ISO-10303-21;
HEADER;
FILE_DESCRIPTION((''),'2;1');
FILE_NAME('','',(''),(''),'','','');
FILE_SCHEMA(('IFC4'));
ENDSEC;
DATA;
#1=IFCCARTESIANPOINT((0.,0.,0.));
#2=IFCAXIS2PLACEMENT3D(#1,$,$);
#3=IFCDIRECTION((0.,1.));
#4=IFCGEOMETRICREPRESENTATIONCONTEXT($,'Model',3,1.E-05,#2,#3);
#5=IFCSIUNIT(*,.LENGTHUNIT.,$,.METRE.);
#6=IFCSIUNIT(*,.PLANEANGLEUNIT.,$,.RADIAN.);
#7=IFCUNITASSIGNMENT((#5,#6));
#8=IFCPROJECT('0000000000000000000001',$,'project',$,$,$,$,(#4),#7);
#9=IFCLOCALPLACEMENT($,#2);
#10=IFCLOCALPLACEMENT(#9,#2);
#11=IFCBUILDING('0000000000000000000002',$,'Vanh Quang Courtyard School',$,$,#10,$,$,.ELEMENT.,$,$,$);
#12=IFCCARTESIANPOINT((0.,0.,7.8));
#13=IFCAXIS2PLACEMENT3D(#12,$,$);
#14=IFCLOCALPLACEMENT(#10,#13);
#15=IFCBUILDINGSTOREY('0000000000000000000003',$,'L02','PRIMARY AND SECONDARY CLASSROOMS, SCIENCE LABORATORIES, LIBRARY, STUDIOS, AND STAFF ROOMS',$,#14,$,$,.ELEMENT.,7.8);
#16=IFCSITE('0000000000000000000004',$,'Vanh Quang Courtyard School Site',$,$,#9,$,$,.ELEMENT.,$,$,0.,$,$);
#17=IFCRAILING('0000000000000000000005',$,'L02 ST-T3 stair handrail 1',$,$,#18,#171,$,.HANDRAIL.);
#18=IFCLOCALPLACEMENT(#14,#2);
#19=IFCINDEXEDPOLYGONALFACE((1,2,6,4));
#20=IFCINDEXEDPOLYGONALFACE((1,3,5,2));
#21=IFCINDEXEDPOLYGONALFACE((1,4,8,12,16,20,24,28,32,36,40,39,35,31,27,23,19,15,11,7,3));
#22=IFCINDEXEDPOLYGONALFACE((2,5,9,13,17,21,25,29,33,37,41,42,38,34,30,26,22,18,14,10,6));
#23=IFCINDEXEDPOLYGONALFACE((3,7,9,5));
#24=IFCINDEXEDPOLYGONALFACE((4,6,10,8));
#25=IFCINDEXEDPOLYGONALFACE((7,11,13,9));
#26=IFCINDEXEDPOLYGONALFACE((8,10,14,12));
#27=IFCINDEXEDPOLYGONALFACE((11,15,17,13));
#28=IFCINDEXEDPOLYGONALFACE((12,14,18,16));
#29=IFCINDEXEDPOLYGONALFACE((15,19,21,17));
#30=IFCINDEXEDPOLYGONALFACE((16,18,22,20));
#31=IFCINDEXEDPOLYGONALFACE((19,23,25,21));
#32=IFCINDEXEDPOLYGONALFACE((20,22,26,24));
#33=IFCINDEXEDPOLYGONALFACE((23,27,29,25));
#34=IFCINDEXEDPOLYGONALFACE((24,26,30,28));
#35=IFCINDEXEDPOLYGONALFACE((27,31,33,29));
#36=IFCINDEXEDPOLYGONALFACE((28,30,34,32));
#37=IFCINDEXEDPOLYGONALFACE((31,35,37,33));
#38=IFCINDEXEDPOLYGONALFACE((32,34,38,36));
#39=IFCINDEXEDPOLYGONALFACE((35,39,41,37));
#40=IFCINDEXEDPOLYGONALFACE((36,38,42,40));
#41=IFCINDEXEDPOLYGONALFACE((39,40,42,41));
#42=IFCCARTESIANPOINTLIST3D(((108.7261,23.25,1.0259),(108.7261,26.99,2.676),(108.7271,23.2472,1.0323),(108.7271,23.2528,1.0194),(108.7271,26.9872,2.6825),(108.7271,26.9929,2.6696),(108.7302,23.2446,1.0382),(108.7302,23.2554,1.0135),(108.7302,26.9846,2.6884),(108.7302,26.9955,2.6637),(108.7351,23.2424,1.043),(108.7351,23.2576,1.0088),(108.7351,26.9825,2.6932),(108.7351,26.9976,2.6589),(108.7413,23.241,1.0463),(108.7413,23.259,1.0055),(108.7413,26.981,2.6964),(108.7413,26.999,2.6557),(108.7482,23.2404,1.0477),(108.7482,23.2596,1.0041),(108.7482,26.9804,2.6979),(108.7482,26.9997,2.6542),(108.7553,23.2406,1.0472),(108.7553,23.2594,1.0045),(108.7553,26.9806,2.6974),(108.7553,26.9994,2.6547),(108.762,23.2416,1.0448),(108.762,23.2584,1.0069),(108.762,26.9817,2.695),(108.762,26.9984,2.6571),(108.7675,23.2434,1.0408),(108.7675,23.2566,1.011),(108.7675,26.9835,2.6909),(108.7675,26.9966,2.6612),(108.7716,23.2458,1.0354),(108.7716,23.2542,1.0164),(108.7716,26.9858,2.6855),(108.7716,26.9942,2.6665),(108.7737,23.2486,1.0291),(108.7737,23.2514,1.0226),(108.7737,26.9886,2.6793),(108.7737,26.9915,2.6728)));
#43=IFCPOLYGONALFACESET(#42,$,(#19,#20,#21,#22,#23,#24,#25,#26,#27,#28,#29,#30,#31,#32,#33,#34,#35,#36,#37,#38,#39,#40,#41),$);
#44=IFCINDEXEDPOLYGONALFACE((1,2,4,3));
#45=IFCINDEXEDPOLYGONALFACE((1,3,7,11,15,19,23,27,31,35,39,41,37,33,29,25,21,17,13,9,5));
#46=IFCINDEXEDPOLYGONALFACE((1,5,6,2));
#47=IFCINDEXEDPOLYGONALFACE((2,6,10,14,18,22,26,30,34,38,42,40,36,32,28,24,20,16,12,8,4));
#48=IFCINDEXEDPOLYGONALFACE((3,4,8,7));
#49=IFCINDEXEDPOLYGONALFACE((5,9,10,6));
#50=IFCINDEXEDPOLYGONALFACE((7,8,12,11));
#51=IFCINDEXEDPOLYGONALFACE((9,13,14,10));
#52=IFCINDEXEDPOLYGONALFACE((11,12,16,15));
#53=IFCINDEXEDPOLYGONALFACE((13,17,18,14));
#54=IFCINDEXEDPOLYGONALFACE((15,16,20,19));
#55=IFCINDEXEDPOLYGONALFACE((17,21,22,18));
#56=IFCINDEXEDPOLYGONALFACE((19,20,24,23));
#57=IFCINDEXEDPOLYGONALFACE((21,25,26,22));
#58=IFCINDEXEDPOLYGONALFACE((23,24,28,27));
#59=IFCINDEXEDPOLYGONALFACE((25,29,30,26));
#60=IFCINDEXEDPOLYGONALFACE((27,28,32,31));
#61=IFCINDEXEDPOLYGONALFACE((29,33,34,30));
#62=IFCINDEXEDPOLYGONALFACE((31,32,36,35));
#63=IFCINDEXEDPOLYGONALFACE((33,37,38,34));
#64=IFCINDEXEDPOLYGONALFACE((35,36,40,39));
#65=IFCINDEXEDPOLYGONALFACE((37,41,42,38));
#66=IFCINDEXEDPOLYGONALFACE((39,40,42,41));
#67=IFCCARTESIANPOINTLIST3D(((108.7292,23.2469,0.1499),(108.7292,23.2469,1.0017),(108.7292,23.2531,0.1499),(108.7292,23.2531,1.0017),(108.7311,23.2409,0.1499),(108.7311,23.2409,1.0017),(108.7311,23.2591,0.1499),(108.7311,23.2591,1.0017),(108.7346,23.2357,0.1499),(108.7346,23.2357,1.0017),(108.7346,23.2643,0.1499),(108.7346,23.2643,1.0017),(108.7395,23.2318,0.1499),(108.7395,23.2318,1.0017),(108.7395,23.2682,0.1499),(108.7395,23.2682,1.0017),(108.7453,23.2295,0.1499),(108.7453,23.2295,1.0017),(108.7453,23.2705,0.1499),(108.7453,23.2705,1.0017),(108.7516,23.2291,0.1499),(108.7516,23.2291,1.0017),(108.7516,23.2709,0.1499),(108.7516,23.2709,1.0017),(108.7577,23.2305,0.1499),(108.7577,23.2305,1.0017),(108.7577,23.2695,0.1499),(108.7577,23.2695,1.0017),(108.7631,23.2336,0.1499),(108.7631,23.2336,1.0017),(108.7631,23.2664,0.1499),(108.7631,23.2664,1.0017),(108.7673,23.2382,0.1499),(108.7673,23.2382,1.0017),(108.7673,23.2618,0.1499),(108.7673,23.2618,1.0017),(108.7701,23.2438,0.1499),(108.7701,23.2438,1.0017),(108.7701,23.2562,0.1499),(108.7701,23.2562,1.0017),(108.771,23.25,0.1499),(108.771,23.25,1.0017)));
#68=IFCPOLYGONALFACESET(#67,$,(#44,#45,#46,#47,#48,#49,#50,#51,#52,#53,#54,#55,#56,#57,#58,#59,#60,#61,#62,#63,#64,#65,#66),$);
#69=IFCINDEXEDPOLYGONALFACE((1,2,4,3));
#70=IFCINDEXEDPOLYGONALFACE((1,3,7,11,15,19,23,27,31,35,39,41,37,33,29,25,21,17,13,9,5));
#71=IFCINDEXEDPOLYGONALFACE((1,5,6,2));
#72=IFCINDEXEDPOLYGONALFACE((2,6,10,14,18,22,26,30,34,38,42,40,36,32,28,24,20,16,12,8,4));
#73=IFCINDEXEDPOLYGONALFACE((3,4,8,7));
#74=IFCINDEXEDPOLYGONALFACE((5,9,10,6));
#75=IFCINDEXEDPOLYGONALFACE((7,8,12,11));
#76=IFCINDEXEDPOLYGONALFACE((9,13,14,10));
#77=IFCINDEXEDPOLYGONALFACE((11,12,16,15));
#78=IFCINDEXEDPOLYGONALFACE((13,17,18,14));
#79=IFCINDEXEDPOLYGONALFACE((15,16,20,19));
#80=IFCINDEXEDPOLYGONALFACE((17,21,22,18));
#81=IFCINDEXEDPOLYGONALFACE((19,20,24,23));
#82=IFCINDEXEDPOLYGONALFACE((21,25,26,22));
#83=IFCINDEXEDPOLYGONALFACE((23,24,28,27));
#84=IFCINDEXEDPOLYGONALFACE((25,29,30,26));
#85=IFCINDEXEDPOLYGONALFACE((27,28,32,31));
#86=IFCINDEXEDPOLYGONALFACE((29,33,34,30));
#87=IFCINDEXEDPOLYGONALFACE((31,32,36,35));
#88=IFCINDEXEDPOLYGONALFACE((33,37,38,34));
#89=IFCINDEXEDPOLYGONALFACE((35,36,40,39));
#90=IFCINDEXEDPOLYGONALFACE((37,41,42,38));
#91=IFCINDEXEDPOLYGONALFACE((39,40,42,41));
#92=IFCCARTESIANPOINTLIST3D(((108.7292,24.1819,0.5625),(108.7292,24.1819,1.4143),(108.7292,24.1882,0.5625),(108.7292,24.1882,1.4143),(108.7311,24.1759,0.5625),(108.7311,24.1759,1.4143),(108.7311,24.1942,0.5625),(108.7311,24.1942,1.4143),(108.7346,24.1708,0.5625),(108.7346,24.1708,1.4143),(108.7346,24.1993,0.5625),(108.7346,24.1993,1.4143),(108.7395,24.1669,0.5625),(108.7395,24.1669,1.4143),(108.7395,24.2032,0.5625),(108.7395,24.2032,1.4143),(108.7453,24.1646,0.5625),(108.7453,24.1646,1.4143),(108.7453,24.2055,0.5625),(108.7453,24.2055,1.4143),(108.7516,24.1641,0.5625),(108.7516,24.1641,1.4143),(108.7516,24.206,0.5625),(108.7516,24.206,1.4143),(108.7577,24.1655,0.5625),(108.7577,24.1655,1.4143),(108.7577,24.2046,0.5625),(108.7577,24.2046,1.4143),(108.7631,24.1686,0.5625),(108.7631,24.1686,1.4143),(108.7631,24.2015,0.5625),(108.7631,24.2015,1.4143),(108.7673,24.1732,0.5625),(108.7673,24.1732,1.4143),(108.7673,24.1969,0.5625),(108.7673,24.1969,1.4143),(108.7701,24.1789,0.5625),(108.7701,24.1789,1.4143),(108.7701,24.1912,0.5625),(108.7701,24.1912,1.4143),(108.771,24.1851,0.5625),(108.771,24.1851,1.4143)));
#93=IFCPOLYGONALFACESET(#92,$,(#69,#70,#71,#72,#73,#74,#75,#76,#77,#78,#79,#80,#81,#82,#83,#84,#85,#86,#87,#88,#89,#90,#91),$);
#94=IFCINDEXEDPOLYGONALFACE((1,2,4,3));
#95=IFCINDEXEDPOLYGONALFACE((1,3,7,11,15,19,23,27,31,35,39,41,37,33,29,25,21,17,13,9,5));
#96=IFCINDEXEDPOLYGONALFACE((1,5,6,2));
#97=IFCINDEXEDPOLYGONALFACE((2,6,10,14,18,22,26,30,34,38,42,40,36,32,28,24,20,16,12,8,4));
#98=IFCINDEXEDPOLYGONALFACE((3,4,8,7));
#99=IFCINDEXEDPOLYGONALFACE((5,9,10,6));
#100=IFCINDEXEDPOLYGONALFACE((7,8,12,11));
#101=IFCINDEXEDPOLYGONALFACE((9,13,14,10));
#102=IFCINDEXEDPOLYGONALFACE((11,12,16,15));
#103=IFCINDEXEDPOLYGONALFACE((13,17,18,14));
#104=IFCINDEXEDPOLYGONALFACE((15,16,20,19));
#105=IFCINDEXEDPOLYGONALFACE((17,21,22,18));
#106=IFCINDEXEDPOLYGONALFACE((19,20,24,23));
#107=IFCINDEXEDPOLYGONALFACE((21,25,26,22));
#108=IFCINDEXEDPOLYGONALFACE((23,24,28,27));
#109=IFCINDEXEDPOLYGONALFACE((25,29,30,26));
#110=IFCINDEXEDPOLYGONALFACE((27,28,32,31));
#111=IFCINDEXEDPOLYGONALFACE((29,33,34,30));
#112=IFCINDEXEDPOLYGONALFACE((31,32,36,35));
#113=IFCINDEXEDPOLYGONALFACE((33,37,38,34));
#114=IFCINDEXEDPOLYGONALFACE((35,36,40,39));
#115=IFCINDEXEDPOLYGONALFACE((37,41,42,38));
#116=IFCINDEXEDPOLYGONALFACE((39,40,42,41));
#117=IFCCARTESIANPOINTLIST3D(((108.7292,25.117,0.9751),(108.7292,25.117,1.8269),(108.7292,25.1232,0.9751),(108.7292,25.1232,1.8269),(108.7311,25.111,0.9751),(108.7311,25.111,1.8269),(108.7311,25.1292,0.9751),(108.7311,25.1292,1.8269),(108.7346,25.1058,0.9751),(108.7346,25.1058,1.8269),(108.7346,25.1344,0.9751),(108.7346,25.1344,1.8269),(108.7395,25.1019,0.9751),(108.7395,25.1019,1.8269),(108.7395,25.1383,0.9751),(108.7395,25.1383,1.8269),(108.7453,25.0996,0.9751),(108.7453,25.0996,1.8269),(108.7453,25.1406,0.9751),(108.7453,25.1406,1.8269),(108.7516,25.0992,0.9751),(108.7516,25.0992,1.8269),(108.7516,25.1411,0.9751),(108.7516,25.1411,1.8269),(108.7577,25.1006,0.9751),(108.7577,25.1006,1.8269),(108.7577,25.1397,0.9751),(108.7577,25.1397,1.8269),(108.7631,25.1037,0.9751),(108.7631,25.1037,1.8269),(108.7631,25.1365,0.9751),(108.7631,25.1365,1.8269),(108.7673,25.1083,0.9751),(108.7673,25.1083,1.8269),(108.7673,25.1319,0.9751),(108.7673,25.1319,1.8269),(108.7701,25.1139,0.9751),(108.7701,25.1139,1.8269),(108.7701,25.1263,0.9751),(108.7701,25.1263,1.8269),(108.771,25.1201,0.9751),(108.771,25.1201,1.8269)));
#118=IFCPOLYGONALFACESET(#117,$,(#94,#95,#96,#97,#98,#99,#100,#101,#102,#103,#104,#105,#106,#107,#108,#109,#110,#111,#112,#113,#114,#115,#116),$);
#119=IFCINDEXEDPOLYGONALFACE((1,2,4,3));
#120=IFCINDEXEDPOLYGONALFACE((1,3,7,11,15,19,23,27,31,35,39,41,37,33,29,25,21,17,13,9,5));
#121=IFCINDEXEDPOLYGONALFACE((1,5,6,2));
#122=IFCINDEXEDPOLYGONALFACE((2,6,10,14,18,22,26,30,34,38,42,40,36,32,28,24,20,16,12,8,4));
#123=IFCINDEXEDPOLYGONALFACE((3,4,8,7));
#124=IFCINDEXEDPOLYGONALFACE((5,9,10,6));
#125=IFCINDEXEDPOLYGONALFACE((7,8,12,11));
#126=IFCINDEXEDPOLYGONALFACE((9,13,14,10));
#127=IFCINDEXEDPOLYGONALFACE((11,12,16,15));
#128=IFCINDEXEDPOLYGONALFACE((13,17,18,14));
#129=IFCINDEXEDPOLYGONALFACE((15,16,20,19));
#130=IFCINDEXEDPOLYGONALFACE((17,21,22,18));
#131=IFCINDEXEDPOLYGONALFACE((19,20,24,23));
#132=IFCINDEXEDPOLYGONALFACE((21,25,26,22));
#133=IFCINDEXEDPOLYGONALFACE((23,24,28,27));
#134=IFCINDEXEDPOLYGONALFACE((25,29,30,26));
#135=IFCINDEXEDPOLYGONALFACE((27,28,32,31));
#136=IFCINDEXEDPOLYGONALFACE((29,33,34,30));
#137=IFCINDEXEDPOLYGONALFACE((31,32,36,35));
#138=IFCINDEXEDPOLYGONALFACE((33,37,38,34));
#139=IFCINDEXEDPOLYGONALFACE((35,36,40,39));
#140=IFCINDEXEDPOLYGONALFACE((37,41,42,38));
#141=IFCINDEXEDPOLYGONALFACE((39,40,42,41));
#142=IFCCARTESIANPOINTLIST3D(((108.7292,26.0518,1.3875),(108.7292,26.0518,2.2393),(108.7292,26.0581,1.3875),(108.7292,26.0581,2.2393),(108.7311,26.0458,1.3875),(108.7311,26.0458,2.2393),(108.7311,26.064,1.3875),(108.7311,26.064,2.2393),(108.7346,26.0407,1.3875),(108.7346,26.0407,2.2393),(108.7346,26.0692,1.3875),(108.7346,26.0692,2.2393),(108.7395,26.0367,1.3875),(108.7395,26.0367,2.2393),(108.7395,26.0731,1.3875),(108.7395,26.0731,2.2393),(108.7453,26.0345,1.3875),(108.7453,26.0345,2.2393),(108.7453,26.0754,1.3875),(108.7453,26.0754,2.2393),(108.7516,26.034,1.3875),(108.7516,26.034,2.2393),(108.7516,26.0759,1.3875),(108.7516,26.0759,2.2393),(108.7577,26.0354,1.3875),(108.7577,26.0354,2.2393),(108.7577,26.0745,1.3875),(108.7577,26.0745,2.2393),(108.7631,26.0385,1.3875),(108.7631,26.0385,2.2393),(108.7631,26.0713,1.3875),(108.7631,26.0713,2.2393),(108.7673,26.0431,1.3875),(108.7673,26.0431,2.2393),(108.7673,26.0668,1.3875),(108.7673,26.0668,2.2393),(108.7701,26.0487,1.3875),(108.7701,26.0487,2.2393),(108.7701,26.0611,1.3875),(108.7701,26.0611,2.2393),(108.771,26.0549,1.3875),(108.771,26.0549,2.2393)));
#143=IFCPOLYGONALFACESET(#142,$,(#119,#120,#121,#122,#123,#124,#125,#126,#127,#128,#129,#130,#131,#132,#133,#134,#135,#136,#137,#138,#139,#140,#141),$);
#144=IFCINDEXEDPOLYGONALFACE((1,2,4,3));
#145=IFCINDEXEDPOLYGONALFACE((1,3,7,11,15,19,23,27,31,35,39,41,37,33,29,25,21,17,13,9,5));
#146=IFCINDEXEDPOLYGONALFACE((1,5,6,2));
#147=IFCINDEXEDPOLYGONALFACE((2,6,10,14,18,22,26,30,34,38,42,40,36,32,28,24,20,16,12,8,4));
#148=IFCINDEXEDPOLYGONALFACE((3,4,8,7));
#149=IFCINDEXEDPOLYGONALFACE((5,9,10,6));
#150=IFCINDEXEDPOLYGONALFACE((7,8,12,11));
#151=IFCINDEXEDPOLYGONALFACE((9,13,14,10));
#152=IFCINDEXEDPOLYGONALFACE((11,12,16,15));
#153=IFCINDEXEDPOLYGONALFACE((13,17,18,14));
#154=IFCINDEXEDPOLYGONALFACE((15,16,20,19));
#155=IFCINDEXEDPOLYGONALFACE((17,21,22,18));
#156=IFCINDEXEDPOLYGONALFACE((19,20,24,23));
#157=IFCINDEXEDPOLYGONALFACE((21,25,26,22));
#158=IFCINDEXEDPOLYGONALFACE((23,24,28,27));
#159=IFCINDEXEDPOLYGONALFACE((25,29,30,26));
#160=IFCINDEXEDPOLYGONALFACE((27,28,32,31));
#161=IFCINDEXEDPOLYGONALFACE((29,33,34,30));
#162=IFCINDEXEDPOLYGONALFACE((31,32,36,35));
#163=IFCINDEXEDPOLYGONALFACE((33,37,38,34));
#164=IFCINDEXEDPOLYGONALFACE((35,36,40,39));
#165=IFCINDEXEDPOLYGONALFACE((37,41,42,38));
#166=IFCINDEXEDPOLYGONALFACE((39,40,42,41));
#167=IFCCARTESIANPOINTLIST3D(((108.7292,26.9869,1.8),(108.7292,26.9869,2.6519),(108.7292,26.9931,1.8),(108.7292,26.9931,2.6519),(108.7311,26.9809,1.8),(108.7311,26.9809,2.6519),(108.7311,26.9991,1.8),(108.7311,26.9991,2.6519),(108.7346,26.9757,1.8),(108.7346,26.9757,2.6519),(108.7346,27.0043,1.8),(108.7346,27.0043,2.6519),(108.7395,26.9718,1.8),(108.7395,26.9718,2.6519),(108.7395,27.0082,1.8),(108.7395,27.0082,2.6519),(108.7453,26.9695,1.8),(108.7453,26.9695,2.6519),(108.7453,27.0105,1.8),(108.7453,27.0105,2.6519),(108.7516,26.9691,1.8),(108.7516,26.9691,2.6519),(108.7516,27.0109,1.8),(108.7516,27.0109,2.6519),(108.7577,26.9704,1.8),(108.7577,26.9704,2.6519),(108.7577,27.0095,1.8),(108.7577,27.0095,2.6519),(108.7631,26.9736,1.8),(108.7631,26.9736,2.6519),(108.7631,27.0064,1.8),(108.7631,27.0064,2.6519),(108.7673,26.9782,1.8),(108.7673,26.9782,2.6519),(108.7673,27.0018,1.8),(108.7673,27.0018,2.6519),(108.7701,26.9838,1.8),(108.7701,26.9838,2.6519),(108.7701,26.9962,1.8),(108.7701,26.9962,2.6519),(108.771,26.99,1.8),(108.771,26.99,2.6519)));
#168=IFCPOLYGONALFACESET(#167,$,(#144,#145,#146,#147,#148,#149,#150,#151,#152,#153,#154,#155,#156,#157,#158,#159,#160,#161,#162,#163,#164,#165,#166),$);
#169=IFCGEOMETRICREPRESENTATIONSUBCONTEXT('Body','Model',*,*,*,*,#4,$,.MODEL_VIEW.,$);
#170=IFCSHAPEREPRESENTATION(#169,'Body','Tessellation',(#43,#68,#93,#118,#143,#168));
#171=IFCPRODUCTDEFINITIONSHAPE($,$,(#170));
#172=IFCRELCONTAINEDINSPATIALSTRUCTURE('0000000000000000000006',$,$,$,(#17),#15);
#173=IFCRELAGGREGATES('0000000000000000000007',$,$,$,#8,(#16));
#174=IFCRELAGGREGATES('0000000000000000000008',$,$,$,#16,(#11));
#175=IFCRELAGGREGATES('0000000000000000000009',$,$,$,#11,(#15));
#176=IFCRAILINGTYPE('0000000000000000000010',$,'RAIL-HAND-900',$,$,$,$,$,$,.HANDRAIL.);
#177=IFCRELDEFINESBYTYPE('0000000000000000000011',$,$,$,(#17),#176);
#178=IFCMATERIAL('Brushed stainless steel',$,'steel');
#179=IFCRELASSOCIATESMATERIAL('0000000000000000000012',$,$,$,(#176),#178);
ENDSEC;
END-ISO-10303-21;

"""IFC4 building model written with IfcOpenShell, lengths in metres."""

from ifc_helpers import new_model, si_unit, direction, frame, origin, origin_2d, place, context, subcontext, project, spatial, circle, extrude, material, type_object, element, save


model = new_model("IFC4")

# Units and contexts
model_context = context("Model", 3, precision=1e-05, world=origin(), true_north=direction((0.0, 1.0)))
body_context = subcontext(model_context, "Body", "Model", "MODEL_VIEW")
ifc_project = project(units=[si_unit("LENGTHUNIT", "METRE"), si_unit("PLANEANGLEUNIT", "RADIAN")], contexts=[model_context])

# Site, building, storey
site_placement = place(None, origin())
site = spatial("IfcSite", under=ifc_project, at=site_placement, Name="Vanh Quang Courtyard School Site", CompositionType="ELEMENT", RefElevation=0.0)
building_placement = place(site_placement, origin())
building = spatial("IfcBuilding", under=site, at=building_placement, Name="Vanh Quang Courtyard School", CompositionType="ELEMENT")
storey_placement = place(building_placement, frame((0.0, 0.0, 7.8)))
storey = spatial("IfcBuildingStorey", under=building, at=storey_placement, Name="L02", Description="PRIMARY AND SECONDARY CLASSROOMS, SCIENCE LABORATORIES, LIBRARY, STUDIOS, AND STAFF ROOMS", CompositionType="ELEMENT", Elevation=7.8)

# Railing
ifc_material_1 = material(Name="Brushed stainless steel", Category="steel")
railing_type_1 = type_object("IfcRailingType", Name="RAIL-HAND-900", PredefinedType="HANDRAIL", material=ifc_material_1)
railing_1_placement = place(storey_placement, frame((108.75, 23.25, 0.1499)))
element("IfcRailing", 1, at=railing_1_placement, inside=storey, type_object=railing_type_1, Name="L02 ST-T3 stair handrail 1", PredefinedType="HANDRAIL", context=body_context, shape_type="SweptSolid", body=[
    extrude(circle(Radius=0.0239, at=origin_2d()), frame((0.0, 0.0, 0.876), z_axis=(0.0, 0.914904, 0.403671), x_axis=(-1.0, 0.0, 0.0)), (0.0, 0.0, 1.0), 4.0879),
    extrude(circle(Radius=0.021, at=origin_2d()), origin(), (0.0, 0.0, 1.0), 0.8518),
    extrude(circle(Radius=0.021, at=origin_2d()), frame((0.0, 0.9351, 0.4126)), (0.0, 0.0, 1.0), 0.8518),
    extrude(circle(Radius=0.021, at=origin_2d()), frame((0.0, 1.8701, 0.8252)), (0.0, 0.0, 1.0), 0.8518),
    extrude(circle(Radius=0.021, at=origin_2d()), frame((0.0, 2.8049, 1.2375)), (0.0, 0.0, 1.0), 0.8518),
    extrude(circle(Radius=0.021, at=origin_2d()), frame((0.0, 3.74, 1.6501)), (0.0, 0.0, 1.0), 0.8518),
])

save(model, "model.ifc")
